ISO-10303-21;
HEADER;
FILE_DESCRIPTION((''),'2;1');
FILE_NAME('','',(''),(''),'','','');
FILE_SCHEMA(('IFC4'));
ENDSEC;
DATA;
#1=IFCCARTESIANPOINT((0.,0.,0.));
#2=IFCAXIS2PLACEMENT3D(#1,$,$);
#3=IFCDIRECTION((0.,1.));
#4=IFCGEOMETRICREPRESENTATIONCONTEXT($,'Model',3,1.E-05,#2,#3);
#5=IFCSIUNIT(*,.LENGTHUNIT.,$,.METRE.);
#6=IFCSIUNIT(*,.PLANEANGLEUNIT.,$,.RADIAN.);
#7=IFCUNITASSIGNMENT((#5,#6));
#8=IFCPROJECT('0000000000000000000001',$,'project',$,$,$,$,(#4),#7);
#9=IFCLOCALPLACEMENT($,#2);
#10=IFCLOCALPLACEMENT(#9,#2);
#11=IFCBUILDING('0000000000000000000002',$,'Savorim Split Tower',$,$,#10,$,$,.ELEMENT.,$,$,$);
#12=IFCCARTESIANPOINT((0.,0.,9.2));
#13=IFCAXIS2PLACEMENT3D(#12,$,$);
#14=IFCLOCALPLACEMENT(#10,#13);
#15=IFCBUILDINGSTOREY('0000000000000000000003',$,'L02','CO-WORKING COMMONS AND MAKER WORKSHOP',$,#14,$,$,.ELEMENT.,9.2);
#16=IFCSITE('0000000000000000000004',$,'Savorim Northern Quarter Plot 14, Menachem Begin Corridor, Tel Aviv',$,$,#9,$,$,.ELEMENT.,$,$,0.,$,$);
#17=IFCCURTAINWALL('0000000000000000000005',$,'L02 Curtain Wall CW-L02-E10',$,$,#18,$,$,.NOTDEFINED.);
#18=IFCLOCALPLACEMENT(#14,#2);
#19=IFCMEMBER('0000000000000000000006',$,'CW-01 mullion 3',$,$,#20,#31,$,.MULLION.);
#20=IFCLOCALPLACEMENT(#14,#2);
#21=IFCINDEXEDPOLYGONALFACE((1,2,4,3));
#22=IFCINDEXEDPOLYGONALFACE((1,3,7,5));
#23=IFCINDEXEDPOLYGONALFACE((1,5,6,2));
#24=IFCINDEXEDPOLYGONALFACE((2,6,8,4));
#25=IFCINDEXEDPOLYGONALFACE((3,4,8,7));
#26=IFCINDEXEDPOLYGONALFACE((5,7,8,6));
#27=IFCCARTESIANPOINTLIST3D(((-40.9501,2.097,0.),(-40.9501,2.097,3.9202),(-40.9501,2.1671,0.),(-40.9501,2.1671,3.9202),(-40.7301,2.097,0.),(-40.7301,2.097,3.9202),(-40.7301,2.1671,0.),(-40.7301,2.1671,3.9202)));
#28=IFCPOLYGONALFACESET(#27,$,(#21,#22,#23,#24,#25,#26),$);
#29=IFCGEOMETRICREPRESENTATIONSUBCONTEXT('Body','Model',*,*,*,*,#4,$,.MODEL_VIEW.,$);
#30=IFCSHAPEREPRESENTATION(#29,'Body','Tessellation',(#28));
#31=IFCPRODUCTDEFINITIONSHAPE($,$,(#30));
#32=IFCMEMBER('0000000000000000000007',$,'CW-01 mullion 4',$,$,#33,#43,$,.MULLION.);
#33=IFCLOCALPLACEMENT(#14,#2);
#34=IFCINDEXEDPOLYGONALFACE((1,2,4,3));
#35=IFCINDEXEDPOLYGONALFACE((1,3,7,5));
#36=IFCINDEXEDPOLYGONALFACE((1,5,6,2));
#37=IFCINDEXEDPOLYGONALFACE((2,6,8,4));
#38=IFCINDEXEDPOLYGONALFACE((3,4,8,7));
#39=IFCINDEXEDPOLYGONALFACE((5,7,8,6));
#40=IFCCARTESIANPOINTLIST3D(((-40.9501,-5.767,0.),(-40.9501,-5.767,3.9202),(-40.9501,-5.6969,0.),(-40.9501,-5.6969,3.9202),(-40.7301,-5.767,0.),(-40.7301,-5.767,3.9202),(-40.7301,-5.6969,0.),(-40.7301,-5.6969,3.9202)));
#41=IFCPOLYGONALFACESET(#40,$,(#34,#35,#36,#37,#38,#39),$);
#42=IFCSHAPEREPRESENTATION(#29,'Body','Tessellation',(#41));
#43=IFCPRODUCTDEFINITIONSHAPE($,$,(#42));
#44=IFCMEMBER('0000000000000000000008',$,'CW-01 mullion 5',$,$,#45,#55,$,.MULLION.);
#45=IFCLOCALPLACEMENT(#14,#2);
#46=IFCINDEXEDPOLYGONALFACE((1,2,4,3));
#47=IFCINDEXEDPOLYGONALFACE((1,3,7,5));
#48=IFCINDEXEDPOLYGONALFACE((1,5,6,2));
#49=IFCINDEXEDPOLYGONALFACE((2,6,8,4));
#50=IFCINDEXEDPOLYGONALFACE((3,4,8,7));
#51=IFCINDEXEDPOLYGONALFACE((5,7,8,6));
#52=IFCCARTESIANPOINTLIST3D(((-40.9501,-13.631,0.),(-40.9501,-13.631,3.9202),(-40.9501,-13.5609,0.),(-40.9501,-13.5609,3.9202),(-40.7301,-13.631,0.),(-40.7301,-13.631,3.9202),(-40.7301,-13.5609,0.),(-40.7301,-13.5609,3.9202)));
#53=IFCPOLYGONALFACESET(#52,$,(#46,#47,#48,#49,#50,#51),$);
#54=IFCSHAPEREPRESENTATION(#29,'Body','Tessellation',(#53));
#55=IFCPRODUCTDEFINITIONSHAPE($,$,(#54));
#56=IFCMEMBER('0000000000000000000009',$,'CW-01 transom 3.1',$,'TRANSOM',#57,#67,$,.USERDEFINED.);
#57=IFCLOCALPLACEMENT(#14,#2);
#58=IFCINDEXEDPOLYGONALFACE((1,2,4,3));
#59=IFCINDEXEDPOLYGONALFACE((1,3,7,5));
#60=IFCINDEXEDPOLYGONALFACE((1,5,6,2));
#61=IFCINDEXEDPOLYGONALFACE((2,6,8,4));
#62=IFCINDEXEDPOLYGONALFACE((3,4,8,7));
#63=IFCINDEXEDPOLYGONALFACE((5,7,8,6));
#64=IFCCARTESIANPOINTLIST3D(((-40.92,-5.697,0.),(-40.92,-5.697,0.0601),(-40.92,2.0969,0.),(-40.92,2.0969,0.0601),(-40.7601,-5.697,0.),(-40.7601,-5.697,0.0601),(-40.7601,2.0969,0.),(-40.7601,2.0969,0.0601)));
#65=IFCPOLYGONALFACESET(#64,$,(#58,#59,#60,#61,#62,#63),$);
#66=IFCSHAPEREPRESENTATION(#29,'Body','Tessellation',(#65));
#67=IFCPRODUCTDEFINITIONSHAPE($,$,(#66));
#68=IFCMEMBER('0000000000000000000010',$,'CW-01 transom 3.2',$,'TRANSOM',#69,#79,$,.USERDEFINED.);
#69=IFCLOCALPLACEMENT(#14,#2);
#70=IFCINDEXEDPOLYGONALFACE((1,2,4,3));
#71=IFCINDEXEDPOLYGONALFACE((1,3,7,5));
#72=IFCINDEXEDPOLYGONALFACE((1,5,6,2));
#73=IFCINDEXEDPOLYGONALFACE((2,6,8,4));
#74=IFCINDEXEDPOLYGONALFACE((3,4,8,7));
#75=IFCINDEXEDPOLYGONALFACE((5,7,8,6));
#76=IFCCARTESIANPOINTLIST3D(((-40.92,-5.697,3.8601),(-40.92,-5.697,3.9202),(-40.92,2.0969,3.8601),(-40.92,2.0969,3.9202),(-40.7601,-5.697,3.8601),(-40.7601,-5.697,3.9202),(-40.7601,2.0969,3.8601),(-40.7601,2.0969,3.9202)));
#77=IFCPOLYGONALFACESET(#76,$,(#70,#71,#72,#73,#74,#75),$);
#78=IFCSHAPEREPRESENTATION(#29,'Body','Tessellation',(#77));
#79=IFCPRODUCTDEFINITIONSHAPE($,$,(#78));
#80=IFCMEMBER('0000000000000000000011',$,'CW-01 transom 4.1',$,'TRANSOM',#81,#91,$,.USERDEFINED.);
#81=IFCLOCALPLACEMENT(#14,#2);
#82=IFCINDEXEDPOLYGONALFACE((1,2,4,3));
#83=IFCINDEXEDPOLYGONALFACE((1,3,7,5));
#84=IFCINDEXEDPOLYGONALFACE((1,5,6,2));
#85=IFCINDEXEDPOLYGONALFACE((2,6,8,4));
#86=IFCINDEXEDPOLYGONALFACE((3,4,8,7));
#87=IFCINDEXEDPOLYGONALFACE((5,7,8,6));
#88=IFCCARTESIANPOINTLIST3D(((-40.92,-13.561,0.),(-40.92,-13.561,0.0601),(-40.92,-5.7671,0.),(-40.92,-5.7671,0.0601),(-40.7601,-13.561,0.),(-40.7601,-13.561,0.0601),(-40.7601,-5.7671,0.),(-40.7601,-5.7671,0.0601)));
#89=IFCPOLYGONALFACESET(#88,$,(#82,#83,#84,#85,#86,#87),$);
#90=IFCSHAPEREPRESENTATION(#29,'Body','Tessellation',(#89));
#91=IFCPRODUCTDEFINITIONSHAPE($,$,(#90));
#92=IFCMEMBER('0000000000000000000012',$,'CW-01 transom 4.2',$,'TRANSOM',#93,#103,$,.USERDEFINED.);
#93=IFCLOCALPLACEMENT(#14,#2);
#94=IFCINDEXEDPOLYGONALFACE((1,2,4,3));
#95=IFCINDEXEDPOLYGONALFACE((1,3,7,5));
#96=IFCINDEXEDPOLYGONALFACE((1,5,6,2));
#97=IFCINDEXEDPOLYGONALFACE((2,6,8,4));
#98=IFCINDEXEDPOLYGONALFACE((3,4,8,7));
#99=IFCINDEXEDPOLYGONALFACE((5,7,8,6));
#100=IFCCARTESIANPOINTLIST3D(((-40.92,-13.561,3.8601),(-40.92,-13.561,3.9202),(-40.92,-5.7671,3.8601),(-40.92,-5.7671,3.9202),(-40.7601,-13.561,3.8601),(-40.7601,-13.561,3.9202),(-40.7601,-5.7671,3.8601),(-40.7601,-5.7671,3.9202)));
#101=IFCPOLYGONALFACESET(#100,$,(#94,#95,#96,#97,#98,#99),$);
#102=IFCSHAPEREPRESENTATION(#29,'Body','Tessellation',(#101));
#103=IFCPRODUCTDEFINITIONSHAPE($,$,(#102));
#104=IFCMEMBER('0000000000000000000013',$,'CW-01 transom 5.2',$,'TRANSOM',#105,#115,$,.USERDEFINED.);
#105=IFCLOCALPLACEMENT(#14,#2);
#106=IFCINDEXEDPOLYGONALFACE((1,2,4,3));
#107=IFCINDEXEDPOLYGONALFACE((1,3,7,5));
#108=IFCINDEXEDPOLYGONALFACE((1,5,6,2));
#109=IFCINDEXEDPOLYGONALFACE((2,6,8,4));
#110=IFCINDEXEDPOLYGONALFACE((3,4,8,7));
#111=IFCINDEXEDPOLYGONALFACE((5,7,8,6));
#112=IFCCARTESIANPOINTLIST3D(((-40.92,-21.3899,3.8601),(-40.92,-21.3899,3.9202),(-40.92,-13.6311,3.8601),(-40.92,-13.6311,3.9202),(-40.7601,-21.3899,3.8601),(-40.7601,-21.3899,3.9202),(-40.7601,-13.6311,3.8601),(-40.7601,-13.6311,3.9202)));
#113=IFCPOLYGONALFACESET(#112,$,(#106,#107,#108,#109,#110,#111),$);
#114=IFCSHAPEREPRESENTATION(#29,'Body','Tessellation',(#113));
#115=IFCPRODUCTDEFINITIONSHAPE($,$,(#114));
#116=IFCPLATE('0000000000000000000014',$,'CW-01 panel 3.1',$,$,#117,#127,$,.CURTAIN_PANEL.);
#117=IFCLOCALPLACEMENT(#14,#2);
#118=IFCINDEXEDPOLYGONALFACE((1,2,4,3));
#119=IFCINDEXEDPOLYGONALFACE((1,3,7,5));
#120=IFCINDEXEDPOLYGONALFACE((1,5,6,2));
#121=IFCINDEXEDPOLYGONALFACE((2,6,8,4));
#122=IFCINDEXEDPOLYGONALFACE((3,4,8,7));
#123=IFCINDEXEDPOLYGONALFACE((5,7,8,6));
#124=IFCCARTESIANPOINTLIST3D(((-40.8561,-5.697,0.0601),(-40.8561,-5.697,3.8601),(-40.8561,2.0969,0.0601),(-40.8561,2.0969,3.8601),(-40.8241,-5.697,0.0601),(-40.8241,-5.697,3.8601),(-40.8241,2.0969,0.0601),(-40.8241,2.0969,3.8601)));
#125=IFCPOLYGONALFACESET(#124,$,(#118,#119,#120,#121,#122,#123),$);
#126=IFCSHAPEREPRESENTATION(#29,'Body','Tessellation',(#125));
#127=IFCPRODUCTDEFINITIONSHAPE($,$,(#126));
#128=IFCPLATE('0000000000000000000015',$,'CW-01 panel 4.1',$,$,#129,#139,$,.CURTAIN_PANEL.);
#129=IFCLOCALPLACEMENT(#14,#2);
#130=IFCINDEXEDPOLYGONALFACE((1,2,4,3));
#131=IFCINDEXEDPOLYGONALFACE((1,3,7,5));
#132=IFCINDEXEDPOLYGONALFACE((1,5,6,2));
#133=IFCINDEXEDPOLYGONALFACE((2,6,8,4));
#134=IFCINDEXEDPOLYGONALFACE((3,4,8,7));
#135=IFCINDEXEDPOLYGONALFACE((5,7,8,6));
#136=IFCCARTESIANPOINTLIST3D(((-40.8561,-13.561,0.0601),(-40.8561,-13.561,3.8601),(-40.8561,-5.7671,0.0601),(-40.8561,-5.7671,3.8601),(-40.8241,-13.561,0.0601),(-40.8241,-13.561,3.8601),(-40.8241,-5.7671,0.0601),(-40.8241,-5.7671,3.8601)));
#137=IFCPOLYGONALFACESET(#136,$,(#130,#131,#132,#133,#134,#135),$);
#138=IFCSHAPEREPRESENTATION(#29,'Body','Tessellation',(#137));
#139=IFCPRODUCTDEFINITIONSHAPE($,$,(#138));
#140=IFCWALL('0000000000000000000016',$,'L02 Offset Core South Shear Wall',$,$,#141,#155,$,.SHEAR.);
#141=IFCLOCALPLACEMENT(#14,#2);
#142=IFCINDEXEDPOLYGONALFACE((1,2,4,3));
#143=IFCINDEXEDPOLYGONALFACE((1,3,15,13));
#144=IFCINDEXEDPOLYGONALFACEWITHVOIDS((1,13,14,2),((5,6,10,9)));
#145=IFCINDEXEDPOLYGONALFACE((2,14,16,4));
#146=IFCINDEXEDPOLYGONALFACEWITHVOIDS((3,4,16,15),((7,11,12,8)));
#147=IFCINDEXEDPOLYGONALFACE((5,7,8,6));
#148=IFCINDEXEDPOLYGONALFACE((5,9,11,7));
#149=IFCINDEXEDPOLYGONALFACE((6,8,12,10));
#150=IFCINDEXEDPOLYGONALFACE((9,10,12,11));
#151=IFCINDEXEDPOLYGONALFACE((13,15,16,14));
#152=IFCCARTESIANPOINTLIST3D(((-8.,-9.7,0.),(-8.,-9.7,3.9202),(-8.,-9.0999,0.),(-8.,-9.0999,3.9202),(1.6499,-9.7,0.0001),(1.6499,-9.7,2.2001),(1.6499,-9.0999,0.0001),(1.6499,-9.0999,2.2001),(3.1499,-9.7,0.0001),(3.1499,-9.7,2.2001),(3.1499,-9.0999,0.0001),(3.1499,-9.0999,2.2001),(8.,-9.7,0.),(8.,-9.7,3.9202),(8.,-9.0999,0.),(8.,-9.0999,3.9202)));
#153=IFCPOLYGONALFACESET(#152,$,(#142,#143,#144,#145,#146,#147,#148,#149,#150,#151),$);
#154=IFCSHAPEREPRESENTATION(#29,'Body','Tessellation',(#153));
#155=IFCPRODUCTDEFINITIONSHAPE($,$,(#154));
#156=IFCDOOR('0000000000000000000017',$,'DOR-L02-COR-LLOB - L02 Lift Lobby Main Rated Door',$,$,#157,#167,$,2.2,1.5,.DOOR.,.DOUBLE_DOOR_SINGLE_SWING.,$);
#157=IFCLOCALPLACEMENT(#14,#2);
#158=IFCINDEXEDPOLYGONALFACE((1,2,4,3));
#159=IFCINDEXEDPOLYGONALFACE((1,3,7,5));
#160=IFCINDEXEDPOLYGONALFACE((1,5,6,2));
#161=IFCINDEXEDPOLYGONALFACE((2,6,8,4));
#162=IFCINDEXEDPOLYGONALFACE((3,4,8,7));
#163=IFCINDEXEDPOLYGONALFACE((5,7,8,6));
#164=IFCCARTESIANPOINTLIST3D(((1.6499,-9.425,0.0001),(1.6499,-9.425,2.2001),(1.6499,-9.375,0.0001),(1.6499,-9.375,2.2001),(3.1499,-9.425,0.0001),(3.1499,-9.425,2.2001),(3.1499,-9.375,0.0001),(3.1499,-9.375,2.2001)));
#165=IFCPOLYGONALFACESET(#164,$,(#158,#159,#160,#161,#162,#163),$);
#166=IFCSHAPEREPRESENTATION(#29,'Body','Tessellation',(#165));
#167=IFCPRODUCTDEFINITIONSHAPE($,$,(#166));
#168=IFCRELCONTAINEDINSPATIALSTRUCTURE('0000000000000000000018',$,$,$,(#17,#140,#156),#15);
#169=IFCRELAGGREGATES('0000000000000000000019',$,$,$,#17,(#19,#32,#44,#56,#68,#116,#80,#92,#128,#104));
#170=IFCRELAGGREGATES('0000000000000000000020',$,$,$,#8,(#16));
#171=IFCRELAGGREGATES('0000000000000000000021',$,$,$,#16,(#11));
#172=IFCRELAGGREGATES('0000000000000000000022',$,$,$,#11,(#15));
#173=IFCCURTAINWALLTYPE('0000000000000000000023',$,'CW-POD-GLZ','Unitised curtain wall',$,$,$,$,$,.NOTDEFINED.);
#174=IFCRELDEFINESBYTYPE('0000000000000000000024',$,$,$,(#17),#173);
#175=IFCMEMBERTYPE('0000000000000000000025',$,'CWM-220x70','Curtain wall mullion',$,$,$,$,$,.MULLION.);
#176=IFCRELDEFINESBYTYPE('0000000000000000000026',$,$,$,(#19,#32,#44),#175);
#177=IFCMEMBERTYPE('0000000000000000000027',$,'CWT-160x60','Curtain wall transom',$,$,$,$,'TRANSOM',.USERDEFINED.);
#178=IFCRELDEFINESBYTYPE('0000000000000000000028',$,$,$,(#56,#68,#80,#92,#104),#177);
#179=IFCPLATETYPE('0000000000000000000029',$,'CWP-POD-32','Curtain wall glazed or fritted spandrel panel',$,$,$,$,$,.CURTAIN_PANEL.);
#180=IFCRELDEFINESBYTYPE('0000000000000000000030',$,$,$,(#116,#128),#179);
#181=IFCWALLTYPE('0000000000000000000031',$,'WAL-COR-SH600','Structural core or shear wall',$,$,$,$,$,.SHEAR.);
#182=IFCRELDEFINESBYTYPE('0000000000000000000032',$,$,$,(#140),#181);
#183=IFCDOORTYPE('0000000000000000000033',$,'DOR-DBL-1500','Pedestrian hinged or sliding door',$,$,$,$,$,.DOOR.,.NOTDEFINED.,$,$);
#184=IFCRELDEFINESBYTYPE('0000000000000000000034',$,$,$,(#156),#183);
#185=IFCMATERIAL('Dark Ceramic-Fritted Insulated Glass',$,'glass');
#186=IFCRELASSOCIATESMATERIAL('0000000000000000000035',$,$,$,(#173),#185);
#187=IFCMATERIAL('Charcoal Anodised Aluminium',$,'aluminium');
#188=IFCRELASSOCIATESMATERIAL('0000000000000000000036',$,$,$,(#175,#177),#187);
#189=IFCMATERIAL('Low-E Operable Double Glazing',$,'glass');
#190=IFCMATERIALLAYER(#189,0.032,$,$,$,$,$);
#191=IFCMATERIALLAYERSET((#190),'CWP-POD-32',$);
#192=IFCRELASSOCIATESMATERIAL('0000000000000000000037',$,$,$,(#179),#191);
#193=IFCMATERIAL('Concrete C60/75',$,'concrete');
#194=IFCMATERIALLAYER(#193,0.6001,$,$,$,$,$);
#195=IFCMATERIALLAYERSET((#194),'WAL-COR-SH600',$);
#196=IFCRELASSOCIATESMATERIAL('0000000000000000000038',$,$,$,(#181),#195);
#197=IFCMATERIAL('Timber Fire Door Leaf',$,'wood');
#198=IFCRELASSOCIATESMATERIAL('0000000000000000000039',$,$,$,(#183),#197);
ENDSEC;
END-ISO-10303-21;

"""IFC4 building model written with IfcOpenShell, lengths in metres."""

from ifc_helpers import new_model, si_unit, direction, frame, frame_2d, origin, origin_2d, place, context, subcontext, project, spatial, rectangle, extrude, material, layer, layer_set, material_profile, profile_set, type_object, element, fill, aggregate, save


model = new_model("IFC4")

# Units and contexts
model_context = context("Model", 3, precision=1e-05, world=origin(), true_north=direction((0.0, 1.0)))
body_context = subcontext(model_context, "Body", "Model", "MODEL_VIEW")
ifc_project = project(units=[si_unit("LENGTHUNIT", "METRE"), si_unit("PLANEANGLEUNIT", "RADIAN")], contexts=[model_context])

# Site, building, storey
site_placement = place(None, origin())
site = spatial("IfcSite", under=ifc_project, at=site_placement, Name="Savorim Northern Quarter Plot 14, Menachem Begin Corridor, Tel Aviv", CompositionType="ELEMENT", RefElevation=0.0)
building_placement = place(site_placement, origin())
building = spatial("IfcBuilding", under=site, at=building_placement, Name="Savorim Split Tower", CompositionType="ELEMENT")
storey_placement = place(building_placement, frame((0.0, 0.0, 9.2)))
storey = spatial("IfcBuildingStorey", under=building, at=storey_placement, Name="L02", Description="CO-WORKING COMMONS AND MAKER WORKSHOP", CompositionType="ELEMENT", Elevation=9.2)

# Shared definitions
ifc_material_1 = material(Name="Concrete C60/75", Category="concrete")

# Curtain wall, members, plates
ifc_material_2 = material(Name="Dark Ceramic-Fritted Insulated Glass", Category="glass")
curtain_wall_type = type_object("IfcCurtainWallType", Name="CW-POD-GLZ", Description="Unitised curtain wall", PredefinedType="NOTDEFINED", material=ifc_material_2)
curtain_wall_placement = place(storey_placement, origin())
curtain_wall = element("IfcCurtainWall", 1, at=curtain_wall_placement, inside=storey, type_object=curtain_wall_type, Name="L02 Curtain Wall CW-L02-E10", PredefinedType="NOTDEFINED")
ifc_material_3 = material(Name="Charcoal Anodised Aluminium", Category="aluminium")
ifc_material_profile_1 = material_profile(ifc_material_3, rectangle(XDim=0.22, YDim=0.0701, at=origin_2d()), Name="ALU-M 220x70")
ifc_profile_set_1 = profile_set([ifc_material_profile_1], Name="Charcoal Anodised Aluminium")
member_type_1 = type_object("IfcMemberType", Name="CWM-220x70", Description="Curtain wall mullion", PredefinedType="MULLION", material=ifc_profile_set_1)
member_1_placement = place(storey_placement, frame((-40.8401, 2.1321, 0.0), z_axis=(0.0, 0.0, 1.0), x_axis=(1.0, 0.0, 0.0)))
member_1 = element("IfcMember", 2, at=member_1_placement, type_object=member_type_1, Name="CW-01 mullion 3", PredefinedType="MULLION", context=body_context, shape_type="SweptSolid", body=[
    extrude(rectangle(XDim=0.22, YDim=0.0701, at=origin_2d()), origin(), (0.0, 0.0, 1.0), 3.9202),
])
member_2_placement = place(storey_placement, frame((-40.8401, -5.7319, 0.0), z_axis=(0.0, 0.0, 1.0), x_axis=(1.0, 0.0, 0.0)))
member_2 = element("IfcMember", 3, at=member_2_placement, type_object=member_type_1, Name="CW-01 mullion 4", PredefinedType="MULLION", context=body_context, shape_type="SweptSolid", body=[
    extrude(rectangle(XDim=0.22, YDim=0.0701, at=origin_2d()), origin(), (0.0, 0.0, 1.0), 3.9202),
])
member_3_placement = place(storey_placement, frame((-40.8401, -13.5959, 0.0), z_axis=(0.0, 0.0, 1.0), x_axis=(1.0, 0.0, 0.0)))
member_3 = element("IfcMember", 4, at=member_3_placement, type_object=member_type_1, Name="CW-01 mullion 5", PredefinedType="MULLION", context=body_context, shape_type="SweptSolid", body=[
    extrude(rectangle(XDim=0.22, YDim=0.0701, at=origin_2d()), origin(), (0.0, 0.0, 1.0), 3.9202),
])
ifc_material_profile_2 = material_profile(ifc_material_3, rectangle(XDim=0.1599, YDim=0.0601, at=origin_2d()), Name="ALU-T 160x60")
ifc_profile_set_2 = profile_set([ifc_material_profile_2], Name="Charcoal Anodised Aluminium")
member_type_2 = type_object("IfcMemberType", Name="CWT-160x60", Description="Curtain wall transom", ElementType="TRANSOM", PredefinedType="USERDEFINED", material=ifc_profile_set_2)
member_4_placement = place(storey_placement, frame((-40.8401, 2.0969, 0.03), z_axis=(0.0, -1.0, 0.0), x_axis=(1.0, 0.0, 0.0)))
member_4 = element("IfcMember", 5, at=member_4_placement, type_object=member_type_2, Name="CW-01 transom 3.1", ObjectType="TRANSOM", PredefinedType="USERDEFINED", context=body_context, shape_type="SweptSolid", body=[
    extrude(rectangle(XDim=0.1599, YDim=0.0601, at=origin_2d()), origin(), (0.0, 0.0, 1.0), 7.7939),
])
member_5_placement = place(storey_placement, frame((-40.8401, 2.0969, 3.8901), z_axis=(0.0, -1.0, 0.0), x_axis=(1.0, 0.0, 0.0)))
member_5 = element("IfcMember", 6, at=member_5_placement, type_object=member_type_2, Name="CW-01 transom 3.2", ObjectType="TRANSOM", PredefinedType="USERDEFINED", context=body_context, shape_type="SweptSolid", body=[
    extrude(rectangle(XDim=0.1599, YDim=0.0601, at=origin_2d()), origin(), (0.0, 0.0, 1.0), 7.7939),
])
member_6_placement = place(storey_placement, frame((-40.8401, -5.7671, 0.03), z_axis=(0.0, -1.0, 0.0), x_axis=(1.0, 0.0, 0.0)))
member_6 = element("IfcMember", 7, at=member_6_placement, type_object=member_type_2, Name="CW-01 transom 4.1", ObjectType="TRANSOM", PredefinedType="USERDEFINED", context=body_context, shape_type="SweptSolid", body=[
    extrude(rectangle(XDim=0.1599, YDim=0.0601, at=origin_2d()), origin(), (0.0, 0.0, 1.0), 7.7939),
])
member_7_placement = place(storey_placement, frame((-40.8401, -5.7671, 3.8901), z_axis=(0.0, -1.0, 0.0), x_axis=(1.0, 0.0, 0.0)))
member_7 = element("IfcMember", 8, at=member_7_placement, type_object=member_type_2, Name="CW-01 transom 4.2", ObjectType="TRANSOM", PredefinedType="USERDEFINED", context=body_context, shape_type="SweptSolid", body=[
    extrude(rectangle(XDim=0.1599, YDim=0.0601, at=origin_2d()), origin(), (0.0, 0.0, 1.0), 7.7939),
])
member_8_placement = place(storey_placement, frame((-40.8401, -13.6311, 3.8901), z_axis=(0.0, -1.0, 0.0), x_axis=(1.0, 0.0, 0.0)))
member_8 = element("IfcMember", 9, at=member_8_placement, type_object=member_type_2, Name="CW-01 transom 5.2", ObjectType="TRANSOM", PredefinedType="USERDEFINED", context=body_context, shape_type="SweptSolid", body=[
    extrude(rectangle(XDim=0.1599, YDim=0.0601, at=origin_2d()), origin(), (0.0, 0.0, 1.0), 7.7588),
])
ifc_material_4 = material(Name="Low-E Operable Double Glazing", Category="glass")
ifc_layer_1 = layer(ifc_material_4, 0.032)
ifc_layer_set_1 = layer_set([ifc_layer_1], Name="CWP-POD-32")
plate_type = type_object("IfcPlateType", Name="CWP-POD-32", Description="Curtain wall glazed or fritted spandrel panel", PredefinedType="CURTAIN_PANEL", material=ifc_layer_set_1)
plate_1_placement = place(storey_placement, frame((-40.8401, -1.8, 0.0601), z_axis=(0.0, 0.0, 1.0), x_axis=(0.0, -1.0, 0.0)))
plate_1 = element("IfcPlate", 10, at=plate_1_placement, type_object=plate_type, Name="CW-01 panel 3.1", PredefinedType="CURTAIN_PANEL", context=body_context, shape_type="SweptSolid", body=[
    extrude(rectangle(XDim=7.7939, YDim=0.032, at=origin_2d()), origin(), (0.0, 0.0, 1.0), 3.8),
])
plate_2_placement = place(storey_placement, frame((-40.8401, -9.6641, 0.0601), z_axis=(0.0, 0.0, 1.0), x_axis=(0.0, -1.0, 0.0)))
plate_2 = element("IfcPlate", 11, at=plate_2_placement, type_object=plate_type, Name="CW-01 panel 4.1", PredefinedType="CURTAIN_PANEL", context=body_context, shape_type="SweptSolid", body=[
    extrude(rectangle(XDim=7.7939, YDim=0.032, at=origin_2d()), origin(), (0.0, 0.0, 1.0), 3.8),
])
aggregate(curtain_wall, [member_1, member_2, member_3, member_4, member_5, plate_1, member_6, member_7, plate_2, member_8])

# Wall, opening, door
ifc_layer_2 = layer(ifc_material_1, 0.6001)
ifc_layer_set_2 = layer_set([ifc_layer_2], Name="WAL-COR-SH600")
wall_type_1 = type_object("IfcWallType", Name="WAL-COR-SH600", Description="Structural core or shear wall", PredefinedType="SHEAR", material=ifc_layer_set_2)
wall_1_placement = place(storey_placement, frame((-8.0, -9.3999, 0.0), z_axis=(0.0, 0.0, 1.0), x_axis=(1.0, 0.0, 0.0)))
wall_1 = element("IfcWall", 12, at=wall_1_placement, inside=storey, type_object=wall_type_1, Name="L02 Offset Core South Shear Wall", PredefinedType="SHEAR", context=body_context, shape_type="SweptSolid", body=[
    extrude(rectangle(XDim=16.0, YDim=0.6001, at=frame_2d((8.0, 0.0))), origin(), (0.0, 0.0, 1.0), 3.9202),
])
opening_1_placement = place(wall_1_placement, frame((9.6499, 0.0, 0.0)))
opening_1 = element("IfcOpeningElement", 13, at=opening_1_placement, cuts=wall_1, PredefinedType="OPENING", context=body_context, shape_type="SweptSolid", body=[
    extrude(rectangle(XDim=1.5, YDim=2.2, at=frame_2d((0.75, 1.1001))), frame((0.0, 0.3101, 0.0), z_axis=(0.0, -1.0, 0.0), x_axis=(1.0, 0.0, 0.0)), (0.0, 0.0, 1.0), 0.6201),
])
ifc_material_5 = material(Name="Timber Fire Door Leaf", Category="wood")
door_type_1 = type_object("IfcDoorType", Name="DOR-DBL-1500", Description="Pedestrian hinged or sliding door", OperationType="NOTDEFINED", PredefinedType="DOOR", material=ifc_material_5)
door_1_placement = place(opening_1_placement, origin())
door_1 = element("IfcDoor", 14, at=door_1_placement, inside=storey, type_object=door_type_1, Name="DOR-L02-COR-LLOB - L02 Lift Lobby Main Rated Door", OperationType="DOUBLE_DOOR_SINGLE_SWING", OverallHeight=2.2, OverallWidth=1.5, PredefinedType="DOOR", context=body_context, shape_type="SweptSolid", body=[
    extrude(rectangle(XDim=1.5, YDim=2.2, at=frame_2d((0.75, 1.1001))), frame((0.0, 0.0249, 0.0), z_axis=(0.0, -1.0, 0.0), x_axis=(1.0, 0.0, 0.0)), (0.0, 0.0, 1.0), 0.05),
])
fill(opening_1, door_1)

save(model, "model.ifc")
